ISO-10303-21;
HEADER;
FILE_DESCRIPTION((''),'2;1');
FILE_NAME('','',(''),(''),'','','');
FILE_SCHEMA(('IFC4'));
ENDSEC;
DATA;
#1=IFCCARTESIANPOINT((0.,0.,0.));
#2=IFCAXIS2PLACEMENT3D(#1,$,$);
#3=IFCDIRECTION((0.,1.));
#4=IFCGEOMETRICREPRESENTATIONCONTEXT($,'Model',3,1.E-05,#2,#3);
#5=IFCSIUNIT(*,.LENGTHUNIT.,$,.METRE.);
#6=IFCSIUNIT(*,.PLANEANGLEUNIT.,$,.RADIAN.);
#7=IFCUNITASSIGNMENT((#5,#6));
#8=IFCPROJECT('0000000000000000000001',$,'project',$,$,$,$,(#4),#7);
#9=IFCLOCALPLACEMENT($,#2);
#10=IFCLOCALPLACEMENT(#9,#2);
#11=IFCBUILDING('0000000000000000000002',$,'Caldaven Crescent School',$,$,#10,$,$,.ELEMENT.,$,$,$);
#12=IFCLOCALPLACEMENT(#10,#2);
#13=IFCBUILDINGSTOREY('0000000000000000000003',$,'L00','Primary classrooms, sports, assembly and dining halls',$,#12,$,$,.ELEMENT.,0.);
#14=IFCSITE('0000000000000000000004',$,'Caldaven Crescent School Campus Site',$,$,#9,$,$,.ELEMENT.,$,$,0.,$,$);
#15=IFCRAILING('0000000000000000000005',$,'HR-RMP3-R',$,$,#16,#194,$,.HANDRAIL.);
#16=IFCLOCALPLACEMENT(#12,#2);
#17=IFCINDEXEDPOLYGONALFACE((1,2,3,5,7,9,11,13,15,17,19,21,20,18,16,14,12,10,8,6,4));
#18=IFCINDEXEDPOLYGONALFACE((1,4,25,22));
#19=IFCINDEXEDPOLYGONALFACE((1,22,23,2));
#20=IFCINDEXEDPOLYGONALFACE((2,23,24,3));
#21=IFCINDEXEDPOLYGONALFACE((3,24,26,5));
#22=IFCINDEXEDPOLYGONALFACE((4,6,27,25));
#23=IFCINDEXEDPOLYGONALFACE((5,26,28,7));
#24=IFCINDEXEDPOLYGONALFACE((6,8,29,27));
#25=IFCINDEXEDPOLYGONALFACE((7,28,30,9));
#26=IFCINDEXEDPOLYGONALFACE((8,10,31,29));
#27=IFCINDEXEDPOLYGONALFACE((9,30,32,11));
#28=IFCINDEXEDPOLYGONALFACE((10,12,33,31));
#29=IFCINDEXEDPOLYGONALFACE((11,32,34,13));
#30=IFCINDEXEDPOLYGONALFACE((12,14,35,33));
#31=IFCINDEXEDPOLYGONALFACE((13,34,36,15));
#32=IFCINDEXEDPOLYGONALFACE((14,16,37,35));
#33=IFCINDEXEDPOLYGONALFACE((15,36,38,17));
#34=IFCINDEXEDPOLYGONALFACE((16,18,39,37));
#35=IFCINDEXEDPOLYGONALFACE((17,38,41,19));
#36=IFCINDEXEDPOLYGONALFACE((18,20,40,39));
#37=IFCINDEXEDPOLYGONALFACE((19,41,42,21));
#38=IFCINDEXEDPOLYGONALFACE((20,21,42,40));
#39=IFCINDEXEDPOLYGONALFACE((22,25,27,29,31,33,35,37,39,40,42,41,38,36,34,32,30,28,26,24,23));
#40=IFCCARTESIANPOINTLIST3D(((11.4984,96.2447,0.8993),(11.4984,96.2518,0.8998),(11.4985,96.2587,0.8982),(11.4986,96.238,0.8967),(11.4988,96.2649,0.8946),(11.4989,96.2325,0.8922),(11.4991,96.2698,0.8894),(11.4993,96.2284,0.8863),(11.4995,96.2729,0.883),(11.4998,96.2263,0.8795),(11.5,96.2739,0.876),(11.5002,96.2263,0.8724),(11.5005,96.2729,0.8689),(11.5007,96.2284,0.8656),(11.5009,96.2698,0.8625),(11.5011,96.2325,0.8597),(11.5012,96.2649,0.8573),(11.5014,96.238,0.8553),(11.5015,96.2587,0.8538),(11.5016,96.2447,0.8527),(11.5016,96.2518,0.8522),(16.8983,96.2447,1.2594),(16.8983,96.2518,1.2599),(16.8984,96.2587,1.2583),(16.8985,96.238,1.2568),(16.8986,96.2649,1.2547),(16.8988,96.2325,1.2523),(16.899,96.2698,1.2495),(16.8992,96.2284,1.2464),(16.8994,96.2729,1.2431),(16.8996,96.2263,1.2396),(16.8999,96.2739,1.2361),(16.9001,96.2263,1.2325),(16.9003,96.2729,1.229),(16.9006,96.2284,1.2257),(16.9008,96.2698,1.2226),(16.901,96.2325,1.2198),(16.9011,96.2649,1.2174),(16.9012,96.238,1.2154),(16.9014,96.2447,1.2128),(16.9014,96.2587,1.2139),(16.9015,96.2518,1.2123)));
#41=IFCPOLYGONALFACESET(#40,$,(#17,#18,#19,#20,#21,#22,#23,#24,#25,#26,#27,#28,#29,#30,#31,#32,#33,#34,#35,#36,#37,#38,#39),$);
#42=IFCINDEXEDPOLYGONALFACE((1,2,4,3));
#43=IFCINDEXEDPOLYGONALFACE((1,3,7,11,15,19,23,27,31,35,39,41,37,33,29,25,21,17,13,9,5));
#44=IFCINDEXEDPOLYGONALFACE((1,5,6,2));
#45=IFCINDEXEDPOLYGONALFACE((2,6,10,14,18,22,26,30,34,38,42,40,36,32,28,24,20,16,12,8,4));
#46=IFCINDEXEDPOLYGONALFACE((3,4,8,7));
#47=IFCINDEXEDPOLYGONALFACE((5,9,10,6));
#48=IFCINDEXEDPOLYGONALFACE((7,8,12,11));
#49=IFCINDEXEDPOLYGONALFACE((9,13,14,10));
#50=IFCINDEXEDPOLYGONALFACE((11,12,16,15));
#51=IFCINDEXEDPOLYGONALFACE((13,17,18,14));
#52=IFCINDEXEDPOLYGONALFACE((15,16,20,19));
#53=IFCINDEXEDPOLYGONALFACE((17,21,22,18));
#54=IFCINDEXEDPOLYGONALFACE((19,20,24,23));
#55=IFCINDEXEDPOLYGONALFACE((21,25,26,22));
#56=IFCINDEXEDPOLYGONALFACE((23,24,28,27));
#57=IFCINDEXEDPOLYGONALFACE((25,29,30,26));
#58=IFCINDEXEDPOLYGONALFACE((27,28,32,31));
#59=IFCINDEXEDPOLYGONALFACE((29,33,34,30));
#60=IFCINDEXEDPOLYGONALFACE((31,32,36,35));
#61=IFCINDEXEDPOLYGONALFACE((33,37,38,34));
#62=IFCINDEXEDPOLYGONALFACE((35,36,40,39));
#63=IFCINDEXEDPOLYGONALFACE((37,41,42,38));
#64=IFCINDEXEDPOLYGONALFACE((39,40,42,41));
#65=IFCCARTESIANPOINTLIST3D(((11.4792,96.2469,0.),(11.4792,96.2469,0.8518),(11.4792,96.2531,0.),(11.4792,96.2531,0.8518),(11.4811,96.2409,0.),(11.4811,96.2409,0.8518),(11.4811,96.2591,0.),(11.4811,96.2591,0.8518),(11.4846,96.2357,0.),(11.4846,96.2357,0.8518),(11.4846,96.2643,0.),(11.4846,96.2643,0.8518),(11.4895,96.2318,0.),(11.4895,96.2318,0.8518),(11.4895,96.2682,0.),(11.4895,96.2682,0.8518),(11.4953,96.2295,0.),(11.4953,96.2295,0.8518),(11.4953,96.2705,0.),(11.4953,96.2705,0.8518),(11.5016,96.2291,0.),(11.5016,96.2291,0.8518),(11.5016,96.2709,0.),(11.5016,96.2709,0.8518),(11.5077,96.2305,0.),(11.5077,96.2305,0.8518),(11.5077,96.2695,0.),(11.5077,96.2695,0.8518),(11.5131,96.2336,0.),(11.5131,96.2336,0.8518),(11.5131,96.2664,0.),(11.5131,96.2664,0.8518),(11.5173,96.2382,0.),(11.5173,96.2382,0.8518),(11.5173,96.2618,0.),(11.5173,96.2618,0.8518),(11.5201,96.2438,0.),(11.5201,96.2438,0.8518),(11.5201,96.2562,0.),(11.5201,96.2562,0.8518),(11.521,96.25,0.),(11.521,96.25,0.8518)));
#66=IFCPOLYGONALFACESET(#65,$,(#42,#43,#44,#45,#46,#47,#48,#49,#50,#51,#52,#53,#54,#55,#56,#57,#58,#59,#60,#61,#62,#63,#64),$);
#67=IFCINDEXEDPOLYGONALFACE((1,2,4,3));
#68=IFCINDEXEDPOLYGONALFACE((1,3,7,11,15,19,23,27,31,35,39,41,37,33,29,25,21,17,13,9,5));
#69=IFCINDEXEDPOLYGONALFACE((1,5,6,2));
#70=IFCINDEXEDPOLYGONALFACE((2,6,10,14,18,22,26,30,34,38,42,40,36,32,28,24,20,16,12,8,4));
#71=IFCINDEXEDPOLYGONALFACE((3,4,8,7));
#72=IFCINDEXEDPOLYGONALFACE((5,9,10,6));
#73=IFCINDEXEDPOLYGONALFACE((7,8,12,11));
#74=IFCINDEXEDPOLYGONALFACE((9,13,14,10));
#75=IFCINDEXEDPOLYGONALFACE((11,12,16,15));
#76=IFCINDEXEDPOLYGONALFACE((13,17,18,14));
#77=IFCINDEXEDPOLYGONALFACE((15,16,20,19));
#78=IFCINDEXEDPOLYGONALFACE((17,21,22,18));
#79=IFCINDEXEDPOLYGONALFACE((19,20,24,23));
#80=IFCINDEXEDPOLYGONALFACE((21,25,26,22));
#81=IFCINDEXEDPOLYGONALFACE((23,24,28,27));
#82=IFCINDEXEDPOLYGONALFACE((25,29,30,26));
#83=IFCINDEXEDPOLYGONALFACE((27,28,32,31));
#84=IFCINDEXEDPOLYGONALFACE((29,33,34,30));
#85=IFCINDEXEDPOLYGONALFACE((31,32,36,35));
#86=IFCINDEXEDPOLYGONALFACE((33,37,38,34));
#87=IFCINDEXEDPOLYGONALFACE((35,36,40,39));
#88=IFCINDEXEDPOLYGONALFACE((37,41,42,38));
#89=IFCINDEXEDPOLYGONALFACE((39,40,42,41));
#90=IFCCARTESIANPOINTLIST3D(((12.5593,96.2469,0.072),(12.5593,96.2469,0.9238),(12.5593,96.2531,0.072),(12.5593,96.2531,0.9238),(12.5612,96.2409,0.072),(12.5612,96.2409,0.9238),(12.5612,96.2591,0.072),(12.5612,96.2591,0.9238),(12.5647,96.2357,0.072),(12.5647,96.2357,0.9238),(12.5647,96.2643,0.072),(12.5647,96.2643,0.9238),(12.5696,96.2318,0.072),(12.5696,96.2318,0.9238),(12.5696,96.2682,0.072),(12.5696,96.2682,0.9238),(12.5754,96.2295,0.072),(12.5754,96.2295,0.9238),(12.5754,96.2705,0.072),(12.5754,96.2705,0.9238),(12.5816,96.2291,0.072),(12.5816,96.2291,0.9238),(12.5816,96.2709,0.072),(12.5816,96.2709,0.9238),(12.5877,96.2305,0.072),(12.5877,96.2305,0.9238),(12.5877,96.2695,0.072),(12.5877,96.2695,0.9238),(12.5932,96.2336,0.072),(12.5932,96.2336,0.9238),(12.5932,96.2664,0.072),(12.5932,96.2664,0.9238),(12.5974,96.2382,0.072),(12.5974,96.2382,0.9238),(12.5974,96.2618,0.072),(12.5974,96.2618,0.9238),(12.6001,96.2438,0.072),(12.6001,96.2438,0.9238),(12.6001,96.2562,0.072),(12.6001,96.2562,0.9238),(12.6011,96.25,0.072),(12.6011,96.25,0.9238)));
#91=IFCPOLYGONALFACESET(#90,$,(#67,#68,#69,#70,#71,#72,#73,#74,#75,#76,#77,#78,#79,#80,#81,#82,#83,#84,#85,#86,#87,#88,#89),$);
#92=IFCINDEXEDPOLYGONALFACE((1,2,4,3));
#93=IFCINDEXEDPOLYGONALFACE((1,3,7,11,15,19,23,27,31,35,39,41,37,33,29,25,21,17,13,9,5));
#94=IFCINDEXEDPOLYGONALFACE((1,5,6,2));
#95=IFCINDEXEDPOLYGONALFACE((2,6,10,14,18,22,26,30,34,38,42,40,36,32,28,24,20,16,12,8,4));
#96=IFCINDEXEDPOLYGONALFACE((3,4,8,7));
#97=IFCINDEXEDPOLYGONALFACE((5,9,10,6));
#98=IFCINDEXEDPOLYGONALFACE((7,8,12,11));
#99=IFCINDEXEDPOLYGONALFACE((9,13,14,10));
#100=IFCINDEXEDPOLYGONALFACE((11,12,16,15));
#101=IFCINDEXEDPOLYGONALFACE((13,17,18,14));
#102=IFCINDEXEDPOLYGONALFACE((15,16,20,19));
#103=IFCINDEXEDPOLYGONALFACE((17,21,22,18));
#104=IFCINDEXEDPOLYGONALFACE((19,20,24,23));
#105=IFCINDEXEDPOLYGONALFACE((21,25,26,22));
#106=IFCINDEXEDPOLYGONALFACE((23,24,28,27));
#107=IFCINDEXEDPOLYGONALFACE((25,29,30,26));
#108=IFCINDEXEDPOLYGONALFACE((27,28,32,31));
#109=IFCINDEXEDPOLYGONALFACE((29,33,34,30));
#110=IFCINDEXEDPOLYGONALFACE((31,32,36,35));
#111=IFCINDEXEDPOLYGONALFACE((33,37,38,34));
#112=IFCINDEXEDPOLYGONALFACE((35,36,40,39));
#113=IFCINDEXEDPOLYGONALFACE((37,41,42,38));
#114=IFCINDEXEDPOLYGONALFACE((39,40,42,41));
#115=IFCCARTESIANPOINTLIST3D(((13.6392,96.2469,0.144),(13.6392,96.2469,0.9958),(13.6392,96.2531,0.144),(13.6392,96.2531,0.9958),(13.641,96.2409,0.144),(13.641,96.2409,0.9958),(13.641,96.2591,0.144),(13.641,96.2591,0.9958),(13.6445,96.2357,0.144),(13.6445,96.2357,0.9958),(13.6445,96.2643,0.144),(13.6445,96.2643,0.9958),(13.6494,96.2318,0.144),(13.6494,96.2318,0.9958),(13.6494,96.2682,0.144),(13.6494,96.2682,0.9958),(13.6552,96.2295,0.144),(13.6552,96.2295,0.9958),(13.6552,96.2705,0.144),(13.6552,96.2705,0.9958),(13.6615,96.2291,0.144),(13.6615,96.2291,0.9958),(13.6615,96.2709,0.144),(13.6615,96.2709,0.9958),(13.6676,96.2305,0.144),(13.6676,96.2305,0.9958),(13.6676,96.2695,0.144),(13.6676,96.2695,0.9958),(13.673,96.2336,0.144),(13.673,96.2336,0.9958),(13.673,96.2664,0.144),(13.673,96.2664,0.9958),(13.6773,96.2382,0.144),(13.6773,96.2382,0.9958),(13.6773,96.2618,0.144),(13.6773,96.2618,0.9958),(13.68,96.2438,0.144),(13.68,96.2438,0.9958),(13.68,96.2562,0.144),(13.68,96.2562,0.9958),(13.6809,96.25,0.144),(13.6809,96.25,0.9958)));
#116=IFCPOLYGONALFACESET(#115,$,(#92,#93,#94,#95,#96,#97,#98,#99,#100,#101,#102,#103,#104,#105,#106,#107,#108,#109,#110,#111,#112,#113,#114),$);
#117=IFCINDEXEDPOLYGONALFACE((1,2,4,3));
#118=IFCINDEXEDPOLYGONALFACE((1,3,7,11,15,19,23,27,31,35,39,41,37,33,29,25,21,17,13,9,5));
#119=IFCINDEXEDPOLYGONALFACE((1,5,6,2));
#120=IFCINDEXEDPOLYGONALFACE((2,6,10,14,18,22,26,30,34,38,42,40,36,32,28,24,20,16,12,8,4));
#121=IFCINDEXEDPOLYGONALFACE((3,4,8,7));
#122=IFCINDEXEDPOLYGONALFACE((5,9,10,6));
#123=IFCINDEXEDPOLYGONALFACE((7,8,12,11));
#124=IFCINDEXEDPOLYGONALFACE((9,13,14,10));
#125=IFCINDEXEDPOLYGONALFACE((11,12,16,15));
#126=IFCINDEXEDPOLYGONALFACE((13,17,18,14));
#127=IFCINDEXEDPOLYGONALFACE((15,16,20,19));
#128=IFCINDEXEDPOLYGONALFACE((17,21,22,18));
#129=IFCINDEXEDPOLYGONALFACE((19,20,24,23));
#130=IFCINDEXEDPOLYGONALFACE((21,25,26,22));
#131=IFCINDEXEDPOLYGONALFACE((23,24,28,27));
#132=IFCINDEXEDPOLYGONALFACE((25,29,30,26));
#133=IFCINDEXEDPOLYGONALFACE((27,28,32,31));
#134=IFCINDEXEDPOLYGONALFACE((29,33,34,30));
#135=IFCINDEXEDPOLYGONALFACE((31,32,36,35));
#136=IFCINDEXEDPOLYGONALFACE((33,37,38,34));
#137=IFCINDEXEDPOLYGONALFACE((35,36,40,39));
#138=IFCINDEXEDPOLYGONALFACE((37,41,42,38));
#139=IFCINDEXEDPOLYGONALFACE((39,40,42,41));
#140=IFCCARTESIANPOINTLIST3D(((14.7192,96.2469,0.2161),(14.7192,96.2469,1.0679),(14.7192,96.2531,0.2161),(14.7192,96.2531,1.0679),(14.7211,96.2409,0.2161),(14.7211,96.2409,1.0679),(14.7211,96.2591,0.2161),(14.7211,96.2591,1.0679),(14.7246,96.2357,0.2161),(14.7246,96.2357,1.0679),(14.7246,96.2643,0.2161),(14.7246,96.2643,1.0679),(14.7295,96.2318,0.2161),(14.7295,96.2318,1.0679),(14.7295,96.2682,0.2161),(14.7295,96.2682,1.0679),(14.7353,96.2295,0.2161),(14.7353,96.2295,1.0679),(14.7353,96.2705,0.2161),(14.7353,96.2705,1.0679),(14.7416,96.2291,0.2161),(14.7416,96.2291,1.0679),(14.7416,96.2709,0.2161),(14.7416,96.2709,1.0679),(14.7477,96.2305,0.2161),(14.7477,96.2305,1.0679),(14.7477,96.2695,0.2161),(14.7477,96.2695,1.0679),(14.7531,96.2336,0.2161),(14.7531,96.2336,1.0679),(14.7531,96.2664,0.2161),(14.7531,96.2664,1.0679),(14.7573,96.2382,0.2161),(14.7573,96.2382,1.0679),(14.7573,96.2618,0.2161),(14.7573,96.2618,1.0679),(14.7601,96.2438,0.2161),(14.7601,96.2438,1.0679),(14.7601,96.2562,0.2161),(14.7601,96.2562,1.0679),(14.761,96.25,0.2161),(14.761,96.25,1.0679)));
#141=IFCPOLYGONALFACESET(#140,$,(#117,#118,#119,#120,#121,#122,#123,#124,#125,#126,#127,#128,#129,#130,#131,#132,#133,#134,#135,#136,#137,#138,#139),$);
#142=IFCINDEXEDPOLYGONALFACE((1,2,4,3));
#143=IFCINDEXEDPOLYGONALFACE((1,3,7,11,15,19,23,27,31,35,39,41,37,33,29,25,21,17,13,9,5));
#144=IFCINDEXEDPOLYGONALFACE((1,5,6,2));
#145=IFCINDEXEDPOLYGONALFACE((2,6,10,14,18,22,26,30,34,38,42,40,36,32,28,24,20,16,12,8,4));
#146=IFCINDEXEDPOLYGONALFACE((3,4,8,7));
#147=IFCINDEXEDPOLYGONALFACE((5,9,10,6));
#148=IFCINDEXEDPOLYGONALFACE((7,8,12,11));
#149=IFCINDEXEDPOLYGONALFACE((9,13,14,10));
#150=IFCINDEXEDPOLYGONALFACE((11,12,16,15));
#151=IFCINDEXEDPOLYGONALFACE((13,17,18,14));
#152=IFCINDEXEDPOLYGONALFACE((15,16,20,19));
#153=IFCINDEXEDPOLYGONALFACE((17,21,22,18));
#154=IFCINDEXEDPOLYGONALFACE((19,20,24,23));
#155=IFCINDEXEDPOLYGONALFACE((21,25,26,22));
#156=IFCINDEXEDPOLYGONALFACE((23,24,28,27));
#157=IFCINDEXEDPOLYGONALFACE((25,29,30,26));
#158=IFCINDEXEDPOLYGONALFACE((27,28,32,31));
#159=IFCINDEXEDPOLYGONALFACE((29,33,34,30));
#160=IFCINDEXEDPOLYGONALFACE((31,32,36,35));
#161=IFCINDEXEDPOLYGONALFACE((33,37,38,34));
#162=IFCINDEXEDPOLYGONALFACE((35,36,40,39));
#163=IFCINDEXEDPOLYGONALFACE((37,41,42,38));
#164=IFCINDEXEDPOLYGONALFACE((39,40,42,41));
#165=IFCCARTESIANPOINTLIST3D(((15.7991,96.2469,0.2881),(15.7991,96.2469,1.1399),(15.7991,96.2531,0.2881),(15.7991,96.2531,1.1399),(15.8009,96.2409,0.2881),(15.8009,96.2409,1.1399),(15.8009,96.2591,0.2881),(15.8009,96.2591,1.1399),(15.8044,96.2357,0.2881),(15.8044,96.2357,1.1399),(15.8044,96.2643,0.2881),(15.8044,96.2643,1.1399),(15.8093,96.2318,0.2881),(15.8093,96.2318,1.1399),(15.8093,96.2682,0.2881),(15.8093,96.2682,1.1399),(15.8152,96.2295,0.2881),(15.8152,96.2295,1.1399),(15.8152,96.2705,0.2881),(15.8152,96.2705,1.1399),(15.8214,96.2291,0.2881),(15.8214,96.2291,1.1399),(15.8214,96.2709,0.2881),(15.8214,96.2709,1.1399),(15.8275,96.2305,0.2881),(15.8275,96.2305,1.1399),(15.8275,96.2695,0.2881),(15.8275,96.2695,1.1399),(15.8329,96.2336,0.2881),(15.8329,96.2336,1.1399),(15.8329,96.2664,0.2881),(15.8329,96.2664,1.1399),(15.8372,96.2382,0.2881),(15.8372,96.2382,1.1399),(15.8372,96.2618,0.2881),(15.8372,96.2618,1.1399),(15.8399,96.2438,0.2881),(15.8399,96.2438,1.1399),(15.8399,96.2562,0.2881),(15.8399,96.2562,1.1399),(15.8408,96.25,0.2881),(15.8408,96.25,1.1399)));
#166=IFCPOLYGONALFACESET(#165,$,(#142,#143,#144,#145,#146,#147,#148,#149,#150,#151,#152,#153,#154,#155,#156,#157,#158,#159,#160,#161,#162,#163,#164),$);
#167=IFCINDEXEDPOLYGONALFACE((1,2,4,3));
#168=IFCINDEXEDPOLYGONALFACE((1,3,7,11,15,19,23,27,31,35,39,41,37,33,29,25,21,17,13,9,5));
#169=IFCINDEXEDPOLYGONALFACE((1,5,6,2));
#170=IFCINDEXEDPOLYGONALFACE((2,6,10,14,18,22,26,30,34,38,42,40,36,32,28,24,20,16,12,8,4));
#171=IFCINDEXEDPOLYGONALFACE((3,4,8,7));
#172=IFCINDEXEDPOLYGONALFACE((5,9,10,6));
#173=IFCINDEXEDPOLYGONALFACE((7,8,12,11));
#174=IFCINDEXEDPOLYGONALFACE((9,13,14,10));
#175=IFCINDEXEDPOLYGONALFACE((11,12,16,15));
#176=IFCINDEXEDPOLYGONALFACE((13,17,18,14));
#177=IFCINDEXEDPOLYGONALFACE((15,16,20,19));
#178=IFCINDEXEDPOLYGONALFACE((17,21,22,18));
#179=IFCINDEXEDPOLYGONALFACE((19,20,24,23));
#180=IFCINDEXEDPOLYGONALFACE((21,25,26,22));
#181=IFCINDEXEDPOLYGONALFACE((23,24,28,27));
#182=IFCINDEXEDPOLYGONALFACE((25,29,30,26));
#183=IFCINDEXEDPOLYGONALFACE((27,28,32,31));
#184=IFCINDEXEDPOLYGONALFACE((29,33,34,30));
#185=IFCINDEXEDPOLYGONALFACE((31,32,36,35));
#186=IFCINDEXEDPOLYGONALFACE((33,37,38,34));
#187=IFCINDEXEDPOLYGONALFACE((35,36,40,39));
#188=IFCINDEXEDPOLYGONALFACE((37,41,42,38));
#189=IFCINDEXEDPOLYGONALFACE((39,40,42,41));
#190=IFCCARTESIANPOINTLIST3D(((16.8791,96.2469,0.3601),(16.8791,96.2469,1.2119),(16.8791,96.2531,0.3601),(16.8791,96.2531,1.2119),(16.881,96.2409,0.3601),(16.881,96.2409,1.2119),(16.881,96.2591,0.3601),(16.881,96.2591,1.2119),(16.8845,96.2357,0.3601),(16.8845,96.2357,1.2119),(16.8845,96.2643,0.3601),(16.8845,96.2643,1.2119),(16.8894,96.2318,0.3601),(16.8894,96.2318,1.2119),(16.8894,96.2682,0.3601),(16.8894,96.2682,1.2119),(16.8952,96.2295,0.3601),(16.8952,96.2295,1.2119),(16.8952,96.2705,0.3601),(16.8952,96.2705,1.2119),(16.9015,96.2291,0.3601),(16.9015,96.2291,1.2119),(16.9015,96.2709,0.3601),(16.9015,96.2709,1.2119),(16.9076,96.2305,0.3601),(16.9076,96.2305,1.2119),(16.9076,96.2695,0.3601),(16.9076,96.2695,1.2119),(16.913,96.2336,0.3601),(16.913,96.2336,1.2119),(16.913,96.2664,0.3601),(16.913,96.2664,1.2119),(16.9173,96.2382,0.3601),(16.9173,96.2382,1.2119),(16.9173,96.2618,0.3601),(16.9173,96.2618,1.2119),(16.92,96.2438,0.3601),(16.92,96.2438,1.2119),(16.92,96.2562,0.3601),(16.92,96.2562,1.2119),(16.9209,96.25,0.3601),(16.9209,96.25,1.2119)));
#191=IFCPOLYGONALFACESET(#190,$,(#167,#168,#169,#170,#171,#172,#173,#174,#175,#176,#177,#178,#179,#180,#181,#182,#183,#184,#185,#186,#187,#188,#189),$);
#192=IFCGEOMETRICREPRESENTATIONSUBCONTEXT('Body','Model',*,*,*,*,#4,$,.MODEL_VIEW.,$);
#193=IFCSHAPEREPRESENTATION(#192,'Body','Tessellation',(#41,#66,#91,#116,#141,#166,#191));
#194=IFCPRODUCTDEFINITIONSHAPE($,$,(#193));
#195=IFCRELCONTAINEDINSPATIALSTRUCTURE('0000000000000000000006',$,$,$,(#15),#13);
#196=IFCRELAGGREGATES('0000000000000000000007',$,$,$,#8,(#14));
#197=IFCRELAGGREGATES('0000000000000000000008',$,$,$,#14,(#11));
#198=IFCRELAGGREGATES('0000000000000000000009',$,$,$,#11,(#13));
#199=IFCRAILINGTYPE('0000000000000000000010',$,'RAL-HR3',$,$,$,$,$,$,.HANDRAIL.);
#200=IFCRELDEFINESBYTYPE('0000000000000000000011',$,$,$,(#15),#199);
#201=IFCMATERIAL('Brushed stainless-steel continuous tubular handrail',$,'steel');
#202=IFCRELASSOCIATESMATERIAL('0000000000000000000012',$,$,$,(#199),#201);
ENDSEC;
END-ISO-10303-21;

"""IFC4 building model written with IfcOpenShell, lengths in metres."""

from ifc_helpers import new_model, si_unit, direction, frame, origin, origin_2d, place, context, subcontext, project, spatial, circle, extrude, material, type_object, element, save


model = new_model("IFC4")

# Units and contexts
model_context = context("Model", 3, precision=1e-05, world=origin(), true_north=direction((0.0, 1.0)))
body_context = subcontext(model_context, "Body", "Model", "MODEL_VIEW")
ifc_project = project(units=[si_unit("LENGTHUNIT", "METRE"), si_unit("PLANEANGLEUNIT", "RADIAN")], contexts=[model_context])

# Site, building, storey
site_placement = place(None, origin())
site = spatial("IfcSite", under=ifc_project, at=site_placement, Name="Caldaven Crescent School Campus Site", CompositionType="ELEMENT", RefElevation=0.0)
building_placement = place(site_placement, origin())
building = spatial("IfcBuilding", under=site, at=building_placement, Name="Caldaven Crescent School", CompositionType="ELEMENT")
storey_placement = place(building_placement, origin())
storey = spatial("IfcBuildingStorey", under=building, at=storey_placement, Name="L00", Description="Primary classrooms, sports, assembly and dining halls", CompositionType="ELEMENT", Elevation=0.0)

# Railing
ifc_material_1 = material(Name="Brushed stainless-steel continuous tubular handrail", Category="steel")
railing_type_1 = type_object("IfcRailingType", Name="RAL-HR3", PredefinedType="HANDRAIL", material=ifc_material_1)
for number, where, name in (
    (1, (11.5, 96.25, 0.0), "HR-RMP3-R"),
):
    element("IfcRailing", number, at=place(storey_placement, frame(where)), inside=storey, type_object=railing_type_1, Name=name, PredefinedType="HANDRAIL", context=body_context, shape_type="SweptSolid", body=[
        extrude(circle(Radius=0.0239, at=origin_2d()), frame((0.0, 0.0, 0.876), z_axis=(0.997784, 0.0, 0.06654), x_axis=(0.0, 1.0, 0.0)), (0.0, 0.0, 1.0), 5.4119),
        extrude(circle(Radius=0.021, at=origin_2d()), origin(), (0.0, 0.0, 1.0), 0.8518),
        extrude(circle(Radius=0.021, at=origin_2d()), frame((1.0801, 0.0, 0.072)), (0.0, 0.0, 1.0), 0.8518),
        extrude(circle(Radius=0.021, at=origin_2d()), frame((2.1599, 0.0, 0.144)), (0.0, 0.0, 1.0), 0.8518),
        extrude(circle(Radius=0.021, at=origin_2d()), frame((3.24, 0.0, 0.2161)), (0.0, 0.0, 1.0), 0.8518),
        extrude(circle(Radius=0.021, at=origin_2d()), frame((4.3198, 0.0, 0.2881)), (0.0, 0.0, 1.0), 0.8518),
        extrude(circle(Radius=0.021, at=origin_2d()), frame((5.3999, 0.0, 0.3601)), (0.0, 0.0, 1.0), 0.8518),
    ])

save(model, "model.ifc")
